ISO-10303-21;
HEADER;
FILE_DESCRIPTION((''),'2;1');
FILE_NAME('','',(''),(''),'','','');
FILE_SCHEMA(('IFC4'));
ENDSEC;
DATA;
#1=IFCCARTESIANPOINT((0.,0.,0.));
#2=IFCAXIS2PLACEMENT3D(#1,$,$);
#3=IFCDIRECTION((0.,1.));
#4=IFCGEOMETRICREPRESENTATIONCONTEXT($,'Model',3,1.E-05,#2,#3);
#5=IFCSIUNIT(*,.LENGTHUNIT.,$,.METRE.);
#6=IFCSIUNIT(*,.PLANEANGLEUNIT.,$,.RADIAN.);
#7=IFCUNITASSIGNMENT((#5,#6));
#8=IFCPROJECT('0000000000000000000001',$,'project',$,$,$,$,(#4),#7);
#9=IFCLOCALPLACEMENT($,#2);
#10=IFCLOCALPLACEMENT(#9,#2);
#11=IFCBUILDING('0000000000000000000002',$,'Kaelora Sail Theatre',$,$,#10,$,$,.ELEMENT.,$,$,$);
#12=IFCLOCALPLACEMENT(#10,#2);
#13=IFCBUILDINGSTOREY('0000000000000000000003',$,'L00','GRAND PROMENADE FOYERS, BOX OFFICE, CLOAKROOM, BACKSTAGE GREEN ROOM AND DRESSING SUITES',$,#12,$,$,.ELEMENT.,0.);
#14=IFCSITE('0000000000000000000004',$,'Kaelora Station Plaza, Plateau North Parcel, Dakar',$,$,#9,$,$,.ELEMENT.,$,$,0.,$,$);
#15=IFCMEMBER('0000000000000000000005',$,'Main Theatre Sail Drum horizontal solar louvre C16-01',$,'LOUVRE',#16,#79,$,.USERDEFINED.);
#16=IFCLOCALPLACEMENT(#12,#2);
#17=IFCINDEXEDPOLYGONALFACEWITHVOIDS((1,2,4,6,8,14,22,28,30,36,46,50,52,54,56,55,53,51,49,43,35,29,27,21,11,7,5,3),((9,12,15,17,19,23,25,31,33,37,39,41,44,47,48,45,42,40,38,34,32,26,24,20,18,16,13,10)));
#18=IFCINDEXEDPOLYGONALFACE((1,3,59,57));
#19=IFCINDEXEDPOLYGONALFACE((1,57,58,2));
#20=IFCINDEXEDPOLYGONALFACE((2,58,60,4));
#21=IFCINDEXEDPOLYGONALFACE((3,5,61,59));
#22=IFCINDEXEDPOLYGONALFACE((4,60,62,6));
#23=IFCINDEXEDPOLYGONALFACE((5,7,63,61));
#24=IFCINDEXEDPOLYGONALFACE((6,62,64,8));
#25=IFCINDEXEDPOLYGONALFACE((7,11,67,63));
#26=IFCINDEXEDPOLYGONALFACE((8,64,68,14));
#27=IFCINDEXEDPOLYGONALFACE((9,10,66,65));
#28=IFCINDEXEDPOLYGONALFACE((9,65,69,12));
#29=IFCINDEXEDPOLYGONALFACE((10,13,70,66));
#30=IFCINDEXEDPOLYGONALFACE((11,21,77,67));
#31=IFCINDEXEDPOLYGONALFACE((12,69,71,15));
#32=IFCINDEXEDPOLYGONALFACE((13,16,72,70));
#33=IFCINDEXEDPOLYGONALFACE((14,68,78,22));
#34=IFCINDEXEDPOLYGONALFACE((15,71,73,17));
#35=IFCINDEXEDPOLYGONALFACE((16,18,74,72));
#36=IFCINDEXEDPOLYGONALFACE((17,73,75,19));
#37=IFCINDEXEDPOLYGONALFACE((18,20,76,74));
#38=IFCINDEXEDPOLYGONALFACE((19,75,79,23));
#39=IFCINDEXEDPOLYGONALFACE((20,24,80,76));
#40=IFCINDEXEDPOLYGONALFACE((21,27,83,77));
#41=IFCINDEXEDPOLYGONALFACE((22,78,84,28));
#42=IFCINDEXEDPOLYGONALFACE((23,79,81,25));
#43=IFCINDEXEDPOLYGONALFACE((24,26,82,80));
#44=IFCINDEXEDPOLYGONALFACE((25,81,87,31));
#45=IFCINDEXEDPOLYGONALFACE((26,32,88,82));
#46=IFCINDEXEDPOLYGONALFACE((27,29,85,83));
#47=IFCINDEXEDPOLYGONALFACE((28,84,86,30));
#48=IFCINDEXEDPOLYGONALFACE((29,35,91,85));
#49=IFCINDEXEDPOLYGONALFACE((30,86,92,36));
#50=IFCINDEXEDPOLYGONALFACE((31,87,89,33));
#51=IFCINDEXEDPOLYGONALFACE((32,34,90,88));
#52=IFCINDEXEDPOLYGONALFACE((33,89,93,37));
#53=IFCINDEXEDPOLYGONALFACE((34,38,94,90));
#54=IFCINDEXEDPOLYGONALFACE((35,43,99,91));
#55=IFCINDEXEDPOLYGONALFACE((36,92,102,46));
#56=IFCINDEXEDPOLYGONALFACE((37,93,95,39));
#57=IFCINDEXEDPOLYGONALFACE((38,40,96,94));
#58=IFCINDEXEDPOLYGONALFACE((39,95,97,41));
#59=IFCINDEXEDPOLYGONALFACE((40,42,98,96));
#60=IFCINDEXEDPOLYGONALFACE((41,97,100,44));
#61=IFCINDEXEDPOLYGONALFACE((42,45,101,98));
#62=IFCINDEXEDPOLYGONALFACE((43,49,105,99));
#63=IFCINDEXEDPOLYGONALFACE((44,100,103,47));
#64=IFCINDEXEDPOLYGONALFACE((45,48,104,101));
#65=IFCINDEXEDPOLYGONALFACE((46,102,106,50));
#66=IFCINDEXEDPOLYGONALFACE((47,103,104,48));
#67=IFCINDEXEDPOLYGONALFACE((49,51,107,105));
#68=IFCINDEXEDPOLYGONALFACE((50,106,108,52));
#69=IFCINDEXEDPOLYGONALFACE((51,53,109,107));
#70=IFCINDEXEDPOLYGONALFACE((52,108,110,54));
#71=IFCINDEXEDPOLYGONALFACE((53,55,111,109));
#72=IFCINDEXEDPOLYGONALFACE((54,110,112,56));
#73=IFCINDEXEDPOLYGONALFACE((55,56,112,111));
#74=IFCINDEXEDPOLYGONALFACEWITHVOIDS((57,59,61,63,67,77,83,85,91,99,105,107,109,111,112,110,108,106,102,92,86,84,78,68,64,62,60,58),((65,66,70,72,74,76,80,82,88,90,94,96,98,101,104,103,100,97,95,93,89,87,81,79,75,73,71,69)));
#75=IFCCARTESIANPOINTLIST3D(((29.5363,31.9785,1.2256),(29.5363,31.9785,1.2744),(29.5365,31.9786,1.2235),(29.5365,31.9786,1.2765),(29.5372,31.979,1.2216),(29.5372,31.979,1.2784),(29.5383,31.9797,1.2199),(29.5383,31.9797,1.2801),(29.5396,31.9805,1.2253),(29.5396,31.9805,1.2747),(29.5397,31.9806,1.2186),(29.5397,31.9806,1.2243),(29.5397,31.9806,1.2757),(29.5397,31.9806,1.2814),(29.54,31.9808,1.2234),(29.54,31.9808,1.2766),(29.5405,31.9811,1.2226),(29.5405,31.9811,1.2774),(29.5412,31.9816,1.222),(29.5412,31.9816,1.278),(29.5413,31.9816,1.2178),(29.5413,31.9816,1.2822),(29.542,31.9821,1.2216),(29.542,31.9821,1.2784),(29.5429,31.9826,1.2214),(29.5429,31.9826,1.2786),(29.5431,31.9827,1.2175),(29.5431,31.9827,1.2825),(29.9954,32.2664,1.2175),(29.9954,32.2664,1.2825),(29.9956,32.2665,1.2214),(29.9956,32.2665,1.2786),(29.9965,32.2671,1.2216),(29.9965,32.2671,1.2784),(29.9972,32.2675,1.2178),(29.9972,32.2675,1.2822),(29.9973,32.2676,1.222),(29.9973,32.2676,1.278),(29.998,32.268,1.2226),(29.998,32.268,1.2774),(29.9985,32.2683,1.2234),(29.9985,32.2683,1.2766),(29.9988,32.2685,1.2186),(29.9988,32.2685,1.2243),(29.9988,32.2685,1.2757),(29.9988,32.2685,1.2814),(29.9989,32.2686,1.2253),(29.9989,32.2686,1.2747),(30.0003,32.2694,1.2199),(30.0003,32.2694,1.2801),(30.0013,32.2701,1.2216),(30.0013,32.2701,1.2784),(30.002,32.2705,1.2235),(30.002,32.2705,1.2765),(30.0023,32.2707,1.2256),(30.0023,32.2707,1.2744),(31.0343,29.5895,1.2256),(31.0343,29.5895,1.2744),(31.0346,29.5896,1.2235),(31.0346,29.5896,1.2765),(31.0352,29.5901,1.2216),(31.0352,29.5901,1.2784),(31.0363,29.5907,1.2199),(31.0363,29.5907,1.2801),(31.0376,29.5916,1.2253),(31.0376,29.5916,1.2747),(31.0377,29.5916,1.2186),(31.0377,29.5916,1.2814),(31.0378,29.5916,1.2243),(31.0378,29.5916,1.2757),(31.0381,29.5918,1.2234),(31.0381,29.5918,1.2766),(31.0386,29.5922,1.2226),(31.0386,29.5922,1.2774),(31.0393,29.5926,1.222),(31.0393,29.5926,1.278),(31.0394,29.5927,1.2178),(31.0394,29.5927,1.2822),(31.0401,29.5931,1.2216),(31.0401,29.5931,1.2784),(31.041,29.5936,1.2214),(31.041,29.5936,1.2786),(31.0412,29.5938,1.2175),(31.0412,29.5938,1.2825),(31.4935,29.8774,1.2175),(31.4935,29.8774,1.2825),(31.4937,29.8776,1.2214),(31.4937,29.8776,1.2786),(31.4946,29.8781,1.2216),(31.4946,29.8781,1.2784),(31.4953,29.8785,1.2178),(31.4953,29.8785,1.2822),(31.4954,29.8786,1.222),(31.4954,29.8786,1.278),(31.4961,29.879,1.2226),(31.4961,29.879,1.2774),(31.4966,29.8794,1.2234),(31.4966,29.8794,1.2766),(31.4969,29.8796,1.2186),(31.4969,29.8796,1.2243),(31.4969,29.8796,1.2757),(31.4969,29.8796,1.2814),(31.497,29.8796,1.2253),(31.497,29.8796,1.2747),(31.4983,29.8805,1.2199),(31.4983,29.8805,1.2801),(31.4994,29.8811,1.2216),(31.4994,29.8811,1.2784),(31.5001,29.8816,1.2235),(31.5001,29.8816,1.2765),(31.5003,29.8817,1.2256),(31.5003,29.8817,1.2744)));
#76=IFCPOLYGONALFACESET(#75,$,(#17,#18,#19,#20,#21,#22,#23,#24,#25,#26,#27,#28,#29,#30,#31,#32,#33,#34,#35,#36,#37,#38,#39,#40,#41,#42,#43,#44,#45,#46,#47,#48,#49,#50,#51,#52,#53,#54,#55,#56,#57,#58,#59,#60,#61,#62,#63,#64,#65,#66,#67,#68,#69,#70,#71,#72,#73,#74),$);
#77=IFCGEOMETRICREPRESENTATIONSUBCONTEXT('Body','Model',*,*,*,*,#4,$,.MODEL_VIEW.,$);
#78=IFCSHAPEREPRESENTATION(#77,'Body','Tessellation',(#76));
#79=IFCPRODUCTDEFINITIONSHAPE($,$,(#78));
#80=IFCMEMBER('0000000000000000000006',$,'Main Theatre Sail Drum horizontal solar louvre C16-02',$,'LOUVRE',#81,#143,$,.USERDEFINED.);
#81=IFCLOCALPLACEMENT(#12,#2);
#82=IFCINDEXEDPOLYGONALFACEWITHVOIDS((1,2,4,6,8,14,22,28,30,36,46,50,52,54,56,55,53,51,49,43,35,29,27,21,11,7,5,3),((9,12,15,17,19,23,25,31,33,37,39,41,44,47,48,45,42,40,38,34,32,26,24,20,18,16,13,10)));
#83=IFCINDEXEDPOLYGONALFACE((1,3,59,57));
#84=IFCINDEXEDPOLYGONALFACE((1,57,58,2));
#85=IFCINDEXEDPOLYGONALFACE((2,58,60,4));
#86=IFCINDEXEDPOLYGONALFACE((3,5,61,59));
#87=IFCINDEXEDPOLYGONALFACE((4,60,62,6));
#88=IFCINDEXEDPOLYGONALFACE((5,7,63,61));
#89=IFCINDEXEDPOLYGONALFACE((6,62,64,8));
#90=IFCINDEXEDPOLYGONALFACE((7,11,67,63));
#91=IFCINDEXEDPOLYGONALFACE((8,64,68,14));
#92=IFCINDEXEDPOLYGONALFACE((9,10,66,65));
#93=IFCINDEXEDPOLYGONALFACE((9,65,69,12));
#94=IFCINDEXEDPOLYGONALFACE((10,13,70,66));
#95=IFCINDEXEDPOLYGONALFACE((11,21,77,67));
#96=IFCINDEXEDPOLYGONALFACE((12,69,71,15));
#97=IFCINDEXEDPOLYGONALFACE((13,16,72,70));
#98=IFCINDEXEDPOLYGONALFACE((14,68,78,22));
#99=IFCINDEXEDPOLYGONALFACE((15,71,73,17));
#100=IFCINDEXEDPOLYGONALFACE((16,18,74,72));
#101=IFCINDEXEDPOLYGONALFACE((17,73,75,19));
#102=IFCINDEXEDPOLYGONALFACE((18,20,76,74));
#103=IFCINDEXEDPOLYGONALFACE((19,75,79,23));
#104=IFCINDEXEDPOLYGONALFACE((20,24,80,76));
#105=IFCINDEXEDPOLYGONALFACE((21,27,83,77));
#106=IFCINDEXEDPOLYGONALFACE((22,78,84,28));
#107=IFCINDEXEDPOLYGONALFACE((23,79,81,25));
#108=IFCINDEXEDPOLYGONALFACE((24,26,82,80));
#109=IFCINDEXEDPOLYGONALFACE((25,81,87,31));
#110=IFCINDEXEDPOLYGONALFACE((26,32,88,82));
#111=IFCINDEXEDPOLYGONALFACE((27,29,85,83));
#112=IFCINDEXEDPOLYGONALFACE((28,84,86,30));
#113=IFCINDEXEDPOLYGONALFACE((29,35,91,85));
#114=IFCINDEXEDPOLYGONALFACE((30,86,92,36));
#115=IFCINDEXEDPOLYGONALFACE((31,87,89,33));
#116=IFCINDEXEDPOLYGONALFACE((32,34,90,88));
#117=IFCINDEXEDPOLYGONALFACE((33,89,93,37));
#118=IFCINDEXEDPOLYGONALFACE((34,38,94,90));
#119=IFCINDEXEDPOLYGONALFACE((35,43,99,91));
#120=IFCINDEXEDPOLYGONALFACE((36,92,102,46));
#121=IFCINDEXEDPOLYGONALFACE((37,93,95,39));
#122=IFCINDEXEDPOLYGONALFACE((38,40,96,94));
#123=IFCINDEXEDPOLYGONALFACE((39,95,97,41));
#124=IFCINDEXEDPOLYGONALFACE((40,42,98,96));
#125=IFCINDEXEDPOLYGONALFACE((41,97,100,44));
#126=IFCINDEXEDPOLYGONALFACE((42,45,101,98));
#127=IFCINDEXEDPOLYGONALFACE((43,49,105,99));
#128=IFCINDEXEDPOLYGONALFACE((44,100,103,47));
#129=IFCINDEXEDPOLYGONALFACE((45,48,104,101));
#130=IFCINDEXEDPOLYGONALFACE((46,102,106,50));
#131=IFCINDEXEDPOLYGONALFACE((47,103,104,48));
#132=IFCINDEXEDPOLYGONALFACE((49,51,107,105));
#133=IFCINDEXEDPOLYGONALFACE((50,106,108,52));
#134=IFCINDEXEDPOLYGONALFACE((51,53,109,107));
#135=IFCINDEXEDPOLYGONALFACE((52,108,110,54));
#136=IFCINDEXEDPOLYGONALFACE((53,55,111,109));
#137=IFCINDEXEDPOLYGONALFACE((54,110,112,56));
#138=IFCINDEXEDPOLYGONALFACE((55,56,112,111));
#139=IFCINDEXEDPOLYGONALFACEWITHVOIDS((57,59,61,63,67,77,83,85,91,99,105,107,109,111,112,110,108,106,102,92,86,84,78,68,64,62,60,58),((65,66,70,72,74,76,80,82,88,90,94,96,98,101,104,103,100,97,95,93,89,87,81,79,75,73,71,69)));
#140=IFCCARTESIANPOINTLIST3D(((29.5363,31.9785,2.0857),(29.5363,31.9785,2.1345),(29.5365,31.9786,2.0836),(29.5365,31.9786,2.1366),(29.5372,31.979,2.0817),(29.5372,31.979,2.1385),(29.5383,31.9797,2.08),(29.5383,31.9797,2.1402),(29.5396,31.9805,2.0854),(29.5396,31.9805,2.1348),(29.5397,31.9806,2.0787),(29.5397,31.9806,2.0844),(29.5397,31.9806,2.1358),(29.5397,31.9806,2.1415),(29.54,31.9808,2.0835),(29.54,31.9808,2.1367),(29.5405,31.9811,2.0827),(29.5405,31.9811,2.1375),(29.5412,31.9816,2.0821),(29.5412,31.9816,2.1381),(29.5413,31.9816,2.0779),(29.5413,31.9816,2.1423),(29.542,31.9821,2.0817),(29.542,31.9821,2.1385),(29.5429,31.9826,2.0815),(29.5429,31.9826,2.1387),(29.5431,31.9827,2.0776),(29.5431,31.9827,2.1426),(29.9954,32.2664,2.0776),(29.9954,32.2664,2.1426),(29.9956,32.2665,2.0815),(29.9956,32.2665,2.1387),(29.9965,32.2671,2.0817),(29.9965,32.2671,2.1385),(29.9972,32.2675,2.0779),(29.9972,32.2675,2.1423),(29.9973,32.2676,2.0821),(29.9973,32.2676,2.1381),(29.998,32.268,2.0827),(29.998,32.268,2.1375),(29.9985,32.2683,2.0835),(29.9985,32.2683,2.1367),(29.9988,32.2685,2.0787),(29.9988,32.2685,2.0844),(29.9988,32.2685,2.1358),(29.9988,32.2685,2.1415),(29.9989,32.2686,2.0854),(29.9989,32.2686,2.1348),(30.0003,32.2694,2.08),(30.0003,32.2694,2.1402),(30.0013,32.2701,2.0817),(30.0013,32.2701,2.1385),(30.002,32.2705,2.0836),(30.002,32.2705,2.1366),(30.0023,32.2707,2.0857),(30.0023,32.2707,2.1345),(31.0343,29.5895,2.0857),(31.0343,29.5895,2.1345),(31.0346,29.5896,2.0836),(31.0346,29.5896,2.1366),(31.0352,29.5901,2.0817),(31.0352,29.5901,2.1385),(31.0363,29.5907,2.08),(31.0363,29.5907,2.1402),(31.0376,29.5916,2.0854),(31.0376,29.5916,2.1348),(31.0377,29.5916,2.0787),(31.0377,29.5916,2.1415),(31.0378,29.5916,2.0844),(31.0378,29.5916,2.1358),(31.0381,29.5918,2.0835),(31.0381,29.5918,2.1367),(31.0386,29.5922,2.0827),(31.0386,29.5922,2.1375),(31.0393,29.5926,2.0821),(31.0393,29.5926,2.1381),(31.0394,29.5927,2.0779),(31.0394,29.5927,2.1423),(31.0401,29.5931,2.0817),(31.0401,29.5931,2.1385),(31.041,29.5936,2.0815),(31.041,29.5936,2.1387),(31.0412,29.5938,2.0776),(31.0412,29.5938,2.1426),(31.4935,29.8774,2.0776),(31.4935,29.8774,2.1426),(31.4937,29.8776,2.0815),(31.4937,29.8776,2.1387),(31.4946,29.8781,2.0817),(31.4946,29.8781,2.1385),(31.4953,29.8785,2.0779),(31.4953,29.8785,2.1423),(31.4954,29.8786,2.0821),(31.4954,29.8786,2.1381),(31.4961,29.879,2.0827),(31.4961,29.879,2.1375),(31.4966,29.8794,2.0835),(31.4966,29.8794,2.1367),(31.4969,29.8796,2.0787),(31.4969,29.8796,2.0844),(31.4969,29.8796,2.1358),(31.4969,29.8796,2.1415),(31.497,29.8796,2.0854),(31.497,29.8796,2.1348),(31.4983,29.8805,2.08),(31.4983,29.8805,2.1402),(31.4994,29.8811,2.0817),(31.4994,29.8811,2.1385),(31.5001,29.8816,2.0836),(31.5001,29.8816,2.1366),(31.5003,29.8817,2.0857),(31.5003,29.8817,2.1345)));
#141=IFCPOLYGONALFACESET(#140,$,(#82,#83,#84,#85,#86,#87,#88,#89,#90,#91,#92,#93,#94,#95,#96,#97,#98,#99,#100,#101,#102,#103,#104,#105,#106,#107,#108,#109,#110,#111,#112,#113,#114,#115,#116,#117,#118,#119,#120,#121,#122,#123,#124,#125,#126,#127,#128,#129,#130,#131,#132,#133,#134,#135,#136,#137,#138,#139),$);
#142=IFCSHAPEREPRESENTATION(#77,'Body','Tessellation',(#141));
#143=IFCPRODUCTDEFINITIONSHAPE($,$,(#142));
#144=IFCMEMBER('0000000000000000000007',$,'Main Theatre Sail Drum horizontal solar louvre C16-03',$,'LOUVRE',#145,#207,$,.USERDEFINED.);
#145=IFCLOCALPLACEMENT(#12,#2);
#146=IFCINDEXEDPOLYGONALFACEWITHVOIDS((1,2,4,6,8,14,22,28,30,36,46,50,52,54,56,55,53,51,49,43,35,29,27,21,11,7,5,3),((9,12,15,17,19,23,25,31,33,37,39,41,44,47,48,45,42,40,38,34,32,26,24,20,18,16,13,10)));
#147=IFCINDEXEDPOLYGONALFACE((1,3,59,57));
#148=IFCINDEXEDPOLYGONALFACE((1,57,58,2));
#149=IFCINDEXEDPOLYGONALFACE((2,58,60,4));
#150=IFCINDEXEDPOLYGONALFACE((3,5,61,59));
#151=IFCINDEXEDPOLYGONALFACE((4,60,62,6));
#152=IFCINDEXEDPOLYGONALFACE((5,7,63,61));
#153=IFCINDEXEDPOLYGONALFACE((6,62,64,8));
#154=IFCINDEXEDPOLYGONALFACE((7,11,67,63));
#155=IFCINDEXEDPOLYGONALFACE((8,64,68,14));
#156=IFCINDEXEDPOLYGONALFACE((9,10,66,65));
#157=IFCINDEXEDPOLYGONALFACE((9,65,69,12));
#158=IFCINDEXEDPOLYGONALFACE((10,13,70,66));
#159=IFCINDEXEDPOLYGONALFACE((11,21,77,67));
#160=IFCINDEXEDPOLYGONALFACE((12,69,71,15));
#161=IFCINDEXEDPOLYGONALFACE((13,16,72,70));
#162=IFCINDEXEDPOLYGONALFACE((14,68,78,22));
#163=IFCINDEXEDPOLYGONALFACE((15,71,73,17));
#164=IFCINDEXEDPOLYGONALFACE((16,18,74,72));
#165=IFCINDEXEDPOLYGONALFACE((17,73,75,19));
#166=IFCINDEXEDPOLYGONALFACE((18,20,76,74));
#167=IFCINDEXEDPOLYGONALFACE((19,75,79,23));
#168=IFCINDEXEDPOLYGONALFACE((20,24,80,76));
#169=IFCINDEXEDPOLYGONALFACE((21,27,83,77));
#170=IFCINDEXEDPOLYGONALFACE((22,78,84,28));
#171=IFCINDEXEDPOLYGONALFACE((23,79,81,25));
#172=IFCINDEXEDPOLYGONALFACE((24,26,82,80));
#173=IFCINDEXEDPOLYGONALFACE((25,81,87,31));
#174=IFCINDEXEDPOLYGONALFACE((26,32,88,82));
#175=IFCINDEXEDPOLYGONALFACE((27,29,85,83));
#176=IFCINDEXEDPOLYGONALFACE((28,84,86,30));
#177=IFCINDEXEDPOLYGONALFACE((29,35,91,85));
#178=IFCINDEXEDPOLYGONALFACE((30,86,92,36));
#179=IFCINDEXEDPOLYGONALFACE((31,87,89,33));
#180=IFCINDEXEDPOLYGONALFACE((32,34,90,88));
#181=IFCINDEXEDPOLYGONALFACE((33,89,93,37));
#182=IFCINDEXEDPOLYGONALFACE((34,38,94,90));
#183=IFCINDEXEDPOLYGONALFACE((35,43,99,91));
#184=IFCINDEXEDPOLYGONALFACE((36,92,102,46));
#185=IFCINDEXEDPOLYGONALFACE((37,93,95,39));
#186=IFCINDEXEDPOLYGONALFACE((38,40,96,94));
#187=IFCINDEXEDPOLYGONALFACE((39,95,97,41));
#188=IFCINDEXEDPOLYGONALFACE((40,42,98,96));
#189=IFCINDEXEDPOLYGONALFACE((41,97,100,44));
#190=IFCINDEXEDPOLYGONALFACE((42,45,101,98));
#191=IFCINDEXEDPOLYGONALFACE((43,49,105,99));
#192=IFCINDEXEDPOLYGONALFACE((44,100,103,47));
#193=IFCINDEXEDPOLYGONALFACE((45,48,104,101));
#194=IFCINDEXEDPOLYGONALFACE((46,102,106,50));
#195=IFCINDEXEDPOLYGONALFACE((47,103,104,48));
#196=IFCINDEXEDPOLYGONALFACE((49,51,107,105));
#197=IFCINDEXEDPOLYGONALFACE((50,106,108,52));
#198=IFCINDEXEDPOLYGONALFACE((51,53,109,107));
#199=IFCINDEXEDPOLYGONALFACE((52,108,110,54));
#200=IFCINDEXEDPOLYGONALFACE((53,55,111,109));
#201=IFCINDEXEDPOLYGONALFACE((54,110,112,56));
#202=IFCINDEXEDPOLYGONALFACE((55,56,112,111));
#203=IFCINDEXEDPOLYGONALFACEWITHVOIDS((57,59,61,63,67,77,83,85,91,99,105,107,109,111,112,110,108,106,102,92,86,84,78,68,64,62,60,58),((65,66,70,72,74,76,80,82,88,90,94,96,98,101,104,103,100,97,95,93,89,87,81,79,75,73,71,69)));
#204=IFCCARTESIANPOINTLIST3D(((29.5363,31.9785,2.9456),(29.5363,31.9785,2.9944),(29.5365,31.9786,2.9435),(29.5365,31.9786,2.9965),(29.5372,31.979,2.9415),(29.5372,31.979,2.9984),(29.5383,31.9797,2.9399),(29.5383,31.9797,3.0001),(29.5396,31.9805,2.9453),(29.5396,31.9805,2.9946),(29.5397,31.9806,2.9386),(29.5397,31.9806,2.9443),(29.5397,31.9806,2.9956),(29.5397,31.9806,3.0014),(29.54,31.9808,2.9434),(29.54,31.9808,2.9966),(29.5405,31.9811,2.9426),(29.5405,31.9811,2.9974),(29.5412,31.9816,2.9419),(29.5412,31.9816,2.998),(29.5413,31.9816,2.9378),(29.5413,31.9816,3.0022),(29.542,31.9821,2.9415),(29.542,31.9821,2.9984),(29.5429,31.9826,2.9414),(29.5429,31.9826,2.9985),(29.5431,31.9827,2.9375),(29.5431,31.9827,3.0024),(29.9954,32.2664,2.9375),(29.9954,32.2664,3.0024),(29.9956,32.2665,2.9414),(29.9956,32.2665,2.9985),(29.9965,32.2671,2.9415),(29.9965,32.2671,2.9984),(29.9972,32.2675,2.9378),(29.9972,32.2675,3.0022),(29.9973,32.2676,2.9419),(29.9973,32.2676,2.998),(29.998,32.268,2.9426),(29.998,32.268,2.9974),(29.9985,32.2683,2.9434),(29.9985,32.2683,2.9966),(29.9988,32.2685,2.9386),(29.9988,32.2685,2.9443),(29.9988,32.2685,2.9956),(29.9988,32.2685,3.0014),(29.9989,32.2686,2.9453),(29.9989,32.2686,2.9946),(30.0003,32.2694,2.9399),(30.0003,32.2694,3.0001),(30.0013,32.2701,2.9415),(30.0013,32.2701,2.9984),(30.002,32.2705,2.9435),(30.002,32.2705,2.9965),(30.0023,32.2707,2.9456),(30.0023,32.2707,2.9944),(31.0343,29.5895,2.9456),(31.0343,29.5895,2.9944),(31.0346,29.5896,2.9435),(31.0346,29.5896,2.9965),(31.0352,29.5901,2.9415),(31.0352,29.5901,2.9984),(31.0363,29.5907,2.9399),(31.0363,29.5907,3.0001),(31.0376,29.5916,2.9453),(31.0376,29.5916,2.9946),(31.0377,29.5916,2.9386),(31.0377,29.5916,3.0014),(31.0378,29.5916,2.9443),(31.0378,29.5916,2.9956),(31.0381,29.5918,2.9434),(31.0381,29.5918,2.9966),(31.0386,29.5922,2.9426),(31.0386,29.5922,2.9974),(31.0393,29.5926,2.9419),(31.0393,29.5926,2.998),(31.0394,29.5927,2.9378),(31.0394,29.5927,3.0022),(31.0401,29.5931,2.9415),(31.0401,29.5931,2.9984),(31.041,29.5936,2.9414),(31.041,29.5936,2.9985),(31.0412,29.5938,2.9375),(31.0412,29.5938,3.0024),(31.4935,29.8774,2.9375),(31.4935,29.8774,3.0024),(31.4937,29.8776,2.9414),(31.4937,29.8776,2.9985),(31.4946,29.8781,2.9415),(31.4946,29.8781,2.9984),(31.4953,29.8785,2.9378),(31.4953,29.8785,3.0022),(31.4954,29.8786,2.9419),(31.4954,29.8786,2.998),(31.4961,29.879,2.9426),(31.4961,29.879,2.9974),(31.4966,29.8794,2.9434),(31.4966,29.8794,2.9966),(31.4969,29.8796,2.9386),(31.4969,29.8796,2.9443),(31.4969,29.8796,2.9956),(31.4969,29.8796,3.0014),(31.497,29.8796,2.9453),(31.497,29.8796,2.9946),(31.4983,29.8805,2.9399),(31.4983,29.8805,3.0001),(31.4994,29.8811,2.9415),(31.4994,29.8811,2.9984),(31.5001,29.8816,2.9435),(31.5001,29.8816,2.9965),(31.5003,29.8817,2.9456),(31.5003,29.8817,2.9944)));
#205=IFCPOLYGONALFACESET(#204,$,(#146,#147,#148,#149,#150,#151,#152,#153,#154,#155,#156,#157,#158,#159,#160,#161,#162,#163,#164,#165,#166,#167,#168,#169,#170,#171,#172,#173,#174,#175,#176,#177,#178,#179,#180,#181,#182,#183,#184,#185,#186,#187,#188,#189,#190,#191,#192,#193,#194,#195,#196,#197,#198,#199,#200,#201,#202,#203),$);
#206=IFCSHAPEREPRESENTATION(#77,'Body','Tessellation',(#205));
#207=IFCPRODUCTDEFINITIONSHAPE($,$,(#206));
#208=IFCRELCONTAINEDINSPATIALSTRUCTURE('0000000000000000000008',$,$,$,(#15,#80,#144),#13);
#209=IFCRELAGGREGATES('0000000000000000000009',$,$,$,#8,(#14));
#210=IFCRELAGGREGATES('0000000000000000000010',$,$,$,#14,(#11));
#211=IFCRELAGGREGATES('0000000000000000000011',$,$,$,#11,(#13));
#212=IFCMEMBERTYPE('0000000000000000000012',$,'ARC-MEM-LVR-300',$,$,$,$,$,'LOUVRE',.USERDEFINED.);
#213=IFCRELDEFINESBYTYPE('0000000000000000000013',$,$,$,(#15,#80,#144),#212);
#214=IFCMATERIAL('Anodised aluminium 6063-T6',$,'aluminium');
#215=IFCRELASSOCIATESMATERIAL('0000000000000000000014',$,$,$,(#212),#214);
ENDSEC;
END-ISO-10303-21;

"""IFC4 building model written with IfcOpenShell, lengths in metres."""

from ifc_helpers import new_model, si_unit, direction, frame, origin, origin_2d, place, context, subcontext, project, spatial, hollow_rectangle, extrude, material, material_profile, profile_set, type_object, element, save


model = new_model("IFC4")

# Units and contexts
model_context = context("Model", 3, precision=1e-05, world=origin(), true_north=direction((0.0, 1.0)))
body_context = subcontext(model_context, "Body", "Model", "MODEL_VIEW")
ifc_project = project(units=[si_unit("LENGTHUNIT", "METRE"), si_unit("PLANEANGLEUNIT", "RADIAN")], contexts=[model_context])

# Site, building, storey
site_placement = place(None, origin())
site = spatial("IfcSite", under=ifc_project, at=site_placement, Name="Kaelora Station Plaza, Plateau North Parcel, Dakar", CompositionType="ELEMENT", RefElevation=0.0)
building_placement = place(site_placement, origin())
building = spatial("IfcBuilding", under=site, at=building_placement, Name="Kaelora Sail Theatre", CompositionType="ELEMENT")
storey_placement = place(building_placement, origin())
storey = spatial("IfcBuildingStorey", under=building, at=storey_placement, Name="L00", Description="GRAND PROMENADE FOYERS, BOX OFFICE, CLOAKROOM, BACKSTAGE GREEN ROOM AND DRESSING SUITES", CompositionType="ELEMENT", Elevation=0.0)

# Members
ifc_material_1 = material(Name="Anodised aluminium 6063-T6", Category="aluminium")
ifc_material_profile_1 = material_profile(ifc_material_1, hollow_rectangle(XDim=0.55, YDim=0.0649, WallThickness=0.0039, InnerFilletRadius=0.0039, OuterFilletRadius=0.0081, at=origin_2d()), Name="LOUVRE 550x65x4")
ifc_profile_set_1 = profile_set([ifc_material_profile_1], Name="Anodised aluminium 6063-T6")
member_type_1 = type_object("IfcMemberType", Name="ARC-MEM-LVR-300", ElementType="LOUVRE", PredefinedType="USERDEFINED", material=ifc_profile_set_1)
for number, where, z_axis, x_axis, name in (
    (1, (31.2673, 29.7356, 1.25), (-0.531267, 0.847204, 0.0), (-0.847204, -0.531267, 0.0), "Main Theatre Sail Drum horizontal solar louvre C16-01"),
    (2, (31.2673, 29.7356, 2.1101), (-0.531267, 0.847204, 0.0), (-0.847204, -0.531267, 0.0), "Main Theatre Sail Drum horizontal solar louvre C16-02"),
    (3, (31.2673, 29.7356, 2.97), (-0.531267, 0.847204, 0.0), (-0.847204, -0.531267, 0.0), "Main Theatre Sail Drum horizontal solar louvre C16-03"),
):
    element("IfcMember", number, at=place(storey_placement, frame(where, z_axis=z_axis, x_axis=x_axis)), inside=storey, type_object=member_type_1, Name=name, ObjectType="LOUVRE", PredefinedType="USERDEFINED", context=body_context, shape_type="SweptSolid", body=[
        extrude(hollow_rectangle(XDim=0.55, YDim=0.0649, WallThickness=0.0039, InnerFilletRadius=0.0039, OuterFilletRadius=0.0081, at=origin_2d()), origin(), (0.0, 0.0, 1.0), 2.8198),
    ])

save(model, "model.ifc")
